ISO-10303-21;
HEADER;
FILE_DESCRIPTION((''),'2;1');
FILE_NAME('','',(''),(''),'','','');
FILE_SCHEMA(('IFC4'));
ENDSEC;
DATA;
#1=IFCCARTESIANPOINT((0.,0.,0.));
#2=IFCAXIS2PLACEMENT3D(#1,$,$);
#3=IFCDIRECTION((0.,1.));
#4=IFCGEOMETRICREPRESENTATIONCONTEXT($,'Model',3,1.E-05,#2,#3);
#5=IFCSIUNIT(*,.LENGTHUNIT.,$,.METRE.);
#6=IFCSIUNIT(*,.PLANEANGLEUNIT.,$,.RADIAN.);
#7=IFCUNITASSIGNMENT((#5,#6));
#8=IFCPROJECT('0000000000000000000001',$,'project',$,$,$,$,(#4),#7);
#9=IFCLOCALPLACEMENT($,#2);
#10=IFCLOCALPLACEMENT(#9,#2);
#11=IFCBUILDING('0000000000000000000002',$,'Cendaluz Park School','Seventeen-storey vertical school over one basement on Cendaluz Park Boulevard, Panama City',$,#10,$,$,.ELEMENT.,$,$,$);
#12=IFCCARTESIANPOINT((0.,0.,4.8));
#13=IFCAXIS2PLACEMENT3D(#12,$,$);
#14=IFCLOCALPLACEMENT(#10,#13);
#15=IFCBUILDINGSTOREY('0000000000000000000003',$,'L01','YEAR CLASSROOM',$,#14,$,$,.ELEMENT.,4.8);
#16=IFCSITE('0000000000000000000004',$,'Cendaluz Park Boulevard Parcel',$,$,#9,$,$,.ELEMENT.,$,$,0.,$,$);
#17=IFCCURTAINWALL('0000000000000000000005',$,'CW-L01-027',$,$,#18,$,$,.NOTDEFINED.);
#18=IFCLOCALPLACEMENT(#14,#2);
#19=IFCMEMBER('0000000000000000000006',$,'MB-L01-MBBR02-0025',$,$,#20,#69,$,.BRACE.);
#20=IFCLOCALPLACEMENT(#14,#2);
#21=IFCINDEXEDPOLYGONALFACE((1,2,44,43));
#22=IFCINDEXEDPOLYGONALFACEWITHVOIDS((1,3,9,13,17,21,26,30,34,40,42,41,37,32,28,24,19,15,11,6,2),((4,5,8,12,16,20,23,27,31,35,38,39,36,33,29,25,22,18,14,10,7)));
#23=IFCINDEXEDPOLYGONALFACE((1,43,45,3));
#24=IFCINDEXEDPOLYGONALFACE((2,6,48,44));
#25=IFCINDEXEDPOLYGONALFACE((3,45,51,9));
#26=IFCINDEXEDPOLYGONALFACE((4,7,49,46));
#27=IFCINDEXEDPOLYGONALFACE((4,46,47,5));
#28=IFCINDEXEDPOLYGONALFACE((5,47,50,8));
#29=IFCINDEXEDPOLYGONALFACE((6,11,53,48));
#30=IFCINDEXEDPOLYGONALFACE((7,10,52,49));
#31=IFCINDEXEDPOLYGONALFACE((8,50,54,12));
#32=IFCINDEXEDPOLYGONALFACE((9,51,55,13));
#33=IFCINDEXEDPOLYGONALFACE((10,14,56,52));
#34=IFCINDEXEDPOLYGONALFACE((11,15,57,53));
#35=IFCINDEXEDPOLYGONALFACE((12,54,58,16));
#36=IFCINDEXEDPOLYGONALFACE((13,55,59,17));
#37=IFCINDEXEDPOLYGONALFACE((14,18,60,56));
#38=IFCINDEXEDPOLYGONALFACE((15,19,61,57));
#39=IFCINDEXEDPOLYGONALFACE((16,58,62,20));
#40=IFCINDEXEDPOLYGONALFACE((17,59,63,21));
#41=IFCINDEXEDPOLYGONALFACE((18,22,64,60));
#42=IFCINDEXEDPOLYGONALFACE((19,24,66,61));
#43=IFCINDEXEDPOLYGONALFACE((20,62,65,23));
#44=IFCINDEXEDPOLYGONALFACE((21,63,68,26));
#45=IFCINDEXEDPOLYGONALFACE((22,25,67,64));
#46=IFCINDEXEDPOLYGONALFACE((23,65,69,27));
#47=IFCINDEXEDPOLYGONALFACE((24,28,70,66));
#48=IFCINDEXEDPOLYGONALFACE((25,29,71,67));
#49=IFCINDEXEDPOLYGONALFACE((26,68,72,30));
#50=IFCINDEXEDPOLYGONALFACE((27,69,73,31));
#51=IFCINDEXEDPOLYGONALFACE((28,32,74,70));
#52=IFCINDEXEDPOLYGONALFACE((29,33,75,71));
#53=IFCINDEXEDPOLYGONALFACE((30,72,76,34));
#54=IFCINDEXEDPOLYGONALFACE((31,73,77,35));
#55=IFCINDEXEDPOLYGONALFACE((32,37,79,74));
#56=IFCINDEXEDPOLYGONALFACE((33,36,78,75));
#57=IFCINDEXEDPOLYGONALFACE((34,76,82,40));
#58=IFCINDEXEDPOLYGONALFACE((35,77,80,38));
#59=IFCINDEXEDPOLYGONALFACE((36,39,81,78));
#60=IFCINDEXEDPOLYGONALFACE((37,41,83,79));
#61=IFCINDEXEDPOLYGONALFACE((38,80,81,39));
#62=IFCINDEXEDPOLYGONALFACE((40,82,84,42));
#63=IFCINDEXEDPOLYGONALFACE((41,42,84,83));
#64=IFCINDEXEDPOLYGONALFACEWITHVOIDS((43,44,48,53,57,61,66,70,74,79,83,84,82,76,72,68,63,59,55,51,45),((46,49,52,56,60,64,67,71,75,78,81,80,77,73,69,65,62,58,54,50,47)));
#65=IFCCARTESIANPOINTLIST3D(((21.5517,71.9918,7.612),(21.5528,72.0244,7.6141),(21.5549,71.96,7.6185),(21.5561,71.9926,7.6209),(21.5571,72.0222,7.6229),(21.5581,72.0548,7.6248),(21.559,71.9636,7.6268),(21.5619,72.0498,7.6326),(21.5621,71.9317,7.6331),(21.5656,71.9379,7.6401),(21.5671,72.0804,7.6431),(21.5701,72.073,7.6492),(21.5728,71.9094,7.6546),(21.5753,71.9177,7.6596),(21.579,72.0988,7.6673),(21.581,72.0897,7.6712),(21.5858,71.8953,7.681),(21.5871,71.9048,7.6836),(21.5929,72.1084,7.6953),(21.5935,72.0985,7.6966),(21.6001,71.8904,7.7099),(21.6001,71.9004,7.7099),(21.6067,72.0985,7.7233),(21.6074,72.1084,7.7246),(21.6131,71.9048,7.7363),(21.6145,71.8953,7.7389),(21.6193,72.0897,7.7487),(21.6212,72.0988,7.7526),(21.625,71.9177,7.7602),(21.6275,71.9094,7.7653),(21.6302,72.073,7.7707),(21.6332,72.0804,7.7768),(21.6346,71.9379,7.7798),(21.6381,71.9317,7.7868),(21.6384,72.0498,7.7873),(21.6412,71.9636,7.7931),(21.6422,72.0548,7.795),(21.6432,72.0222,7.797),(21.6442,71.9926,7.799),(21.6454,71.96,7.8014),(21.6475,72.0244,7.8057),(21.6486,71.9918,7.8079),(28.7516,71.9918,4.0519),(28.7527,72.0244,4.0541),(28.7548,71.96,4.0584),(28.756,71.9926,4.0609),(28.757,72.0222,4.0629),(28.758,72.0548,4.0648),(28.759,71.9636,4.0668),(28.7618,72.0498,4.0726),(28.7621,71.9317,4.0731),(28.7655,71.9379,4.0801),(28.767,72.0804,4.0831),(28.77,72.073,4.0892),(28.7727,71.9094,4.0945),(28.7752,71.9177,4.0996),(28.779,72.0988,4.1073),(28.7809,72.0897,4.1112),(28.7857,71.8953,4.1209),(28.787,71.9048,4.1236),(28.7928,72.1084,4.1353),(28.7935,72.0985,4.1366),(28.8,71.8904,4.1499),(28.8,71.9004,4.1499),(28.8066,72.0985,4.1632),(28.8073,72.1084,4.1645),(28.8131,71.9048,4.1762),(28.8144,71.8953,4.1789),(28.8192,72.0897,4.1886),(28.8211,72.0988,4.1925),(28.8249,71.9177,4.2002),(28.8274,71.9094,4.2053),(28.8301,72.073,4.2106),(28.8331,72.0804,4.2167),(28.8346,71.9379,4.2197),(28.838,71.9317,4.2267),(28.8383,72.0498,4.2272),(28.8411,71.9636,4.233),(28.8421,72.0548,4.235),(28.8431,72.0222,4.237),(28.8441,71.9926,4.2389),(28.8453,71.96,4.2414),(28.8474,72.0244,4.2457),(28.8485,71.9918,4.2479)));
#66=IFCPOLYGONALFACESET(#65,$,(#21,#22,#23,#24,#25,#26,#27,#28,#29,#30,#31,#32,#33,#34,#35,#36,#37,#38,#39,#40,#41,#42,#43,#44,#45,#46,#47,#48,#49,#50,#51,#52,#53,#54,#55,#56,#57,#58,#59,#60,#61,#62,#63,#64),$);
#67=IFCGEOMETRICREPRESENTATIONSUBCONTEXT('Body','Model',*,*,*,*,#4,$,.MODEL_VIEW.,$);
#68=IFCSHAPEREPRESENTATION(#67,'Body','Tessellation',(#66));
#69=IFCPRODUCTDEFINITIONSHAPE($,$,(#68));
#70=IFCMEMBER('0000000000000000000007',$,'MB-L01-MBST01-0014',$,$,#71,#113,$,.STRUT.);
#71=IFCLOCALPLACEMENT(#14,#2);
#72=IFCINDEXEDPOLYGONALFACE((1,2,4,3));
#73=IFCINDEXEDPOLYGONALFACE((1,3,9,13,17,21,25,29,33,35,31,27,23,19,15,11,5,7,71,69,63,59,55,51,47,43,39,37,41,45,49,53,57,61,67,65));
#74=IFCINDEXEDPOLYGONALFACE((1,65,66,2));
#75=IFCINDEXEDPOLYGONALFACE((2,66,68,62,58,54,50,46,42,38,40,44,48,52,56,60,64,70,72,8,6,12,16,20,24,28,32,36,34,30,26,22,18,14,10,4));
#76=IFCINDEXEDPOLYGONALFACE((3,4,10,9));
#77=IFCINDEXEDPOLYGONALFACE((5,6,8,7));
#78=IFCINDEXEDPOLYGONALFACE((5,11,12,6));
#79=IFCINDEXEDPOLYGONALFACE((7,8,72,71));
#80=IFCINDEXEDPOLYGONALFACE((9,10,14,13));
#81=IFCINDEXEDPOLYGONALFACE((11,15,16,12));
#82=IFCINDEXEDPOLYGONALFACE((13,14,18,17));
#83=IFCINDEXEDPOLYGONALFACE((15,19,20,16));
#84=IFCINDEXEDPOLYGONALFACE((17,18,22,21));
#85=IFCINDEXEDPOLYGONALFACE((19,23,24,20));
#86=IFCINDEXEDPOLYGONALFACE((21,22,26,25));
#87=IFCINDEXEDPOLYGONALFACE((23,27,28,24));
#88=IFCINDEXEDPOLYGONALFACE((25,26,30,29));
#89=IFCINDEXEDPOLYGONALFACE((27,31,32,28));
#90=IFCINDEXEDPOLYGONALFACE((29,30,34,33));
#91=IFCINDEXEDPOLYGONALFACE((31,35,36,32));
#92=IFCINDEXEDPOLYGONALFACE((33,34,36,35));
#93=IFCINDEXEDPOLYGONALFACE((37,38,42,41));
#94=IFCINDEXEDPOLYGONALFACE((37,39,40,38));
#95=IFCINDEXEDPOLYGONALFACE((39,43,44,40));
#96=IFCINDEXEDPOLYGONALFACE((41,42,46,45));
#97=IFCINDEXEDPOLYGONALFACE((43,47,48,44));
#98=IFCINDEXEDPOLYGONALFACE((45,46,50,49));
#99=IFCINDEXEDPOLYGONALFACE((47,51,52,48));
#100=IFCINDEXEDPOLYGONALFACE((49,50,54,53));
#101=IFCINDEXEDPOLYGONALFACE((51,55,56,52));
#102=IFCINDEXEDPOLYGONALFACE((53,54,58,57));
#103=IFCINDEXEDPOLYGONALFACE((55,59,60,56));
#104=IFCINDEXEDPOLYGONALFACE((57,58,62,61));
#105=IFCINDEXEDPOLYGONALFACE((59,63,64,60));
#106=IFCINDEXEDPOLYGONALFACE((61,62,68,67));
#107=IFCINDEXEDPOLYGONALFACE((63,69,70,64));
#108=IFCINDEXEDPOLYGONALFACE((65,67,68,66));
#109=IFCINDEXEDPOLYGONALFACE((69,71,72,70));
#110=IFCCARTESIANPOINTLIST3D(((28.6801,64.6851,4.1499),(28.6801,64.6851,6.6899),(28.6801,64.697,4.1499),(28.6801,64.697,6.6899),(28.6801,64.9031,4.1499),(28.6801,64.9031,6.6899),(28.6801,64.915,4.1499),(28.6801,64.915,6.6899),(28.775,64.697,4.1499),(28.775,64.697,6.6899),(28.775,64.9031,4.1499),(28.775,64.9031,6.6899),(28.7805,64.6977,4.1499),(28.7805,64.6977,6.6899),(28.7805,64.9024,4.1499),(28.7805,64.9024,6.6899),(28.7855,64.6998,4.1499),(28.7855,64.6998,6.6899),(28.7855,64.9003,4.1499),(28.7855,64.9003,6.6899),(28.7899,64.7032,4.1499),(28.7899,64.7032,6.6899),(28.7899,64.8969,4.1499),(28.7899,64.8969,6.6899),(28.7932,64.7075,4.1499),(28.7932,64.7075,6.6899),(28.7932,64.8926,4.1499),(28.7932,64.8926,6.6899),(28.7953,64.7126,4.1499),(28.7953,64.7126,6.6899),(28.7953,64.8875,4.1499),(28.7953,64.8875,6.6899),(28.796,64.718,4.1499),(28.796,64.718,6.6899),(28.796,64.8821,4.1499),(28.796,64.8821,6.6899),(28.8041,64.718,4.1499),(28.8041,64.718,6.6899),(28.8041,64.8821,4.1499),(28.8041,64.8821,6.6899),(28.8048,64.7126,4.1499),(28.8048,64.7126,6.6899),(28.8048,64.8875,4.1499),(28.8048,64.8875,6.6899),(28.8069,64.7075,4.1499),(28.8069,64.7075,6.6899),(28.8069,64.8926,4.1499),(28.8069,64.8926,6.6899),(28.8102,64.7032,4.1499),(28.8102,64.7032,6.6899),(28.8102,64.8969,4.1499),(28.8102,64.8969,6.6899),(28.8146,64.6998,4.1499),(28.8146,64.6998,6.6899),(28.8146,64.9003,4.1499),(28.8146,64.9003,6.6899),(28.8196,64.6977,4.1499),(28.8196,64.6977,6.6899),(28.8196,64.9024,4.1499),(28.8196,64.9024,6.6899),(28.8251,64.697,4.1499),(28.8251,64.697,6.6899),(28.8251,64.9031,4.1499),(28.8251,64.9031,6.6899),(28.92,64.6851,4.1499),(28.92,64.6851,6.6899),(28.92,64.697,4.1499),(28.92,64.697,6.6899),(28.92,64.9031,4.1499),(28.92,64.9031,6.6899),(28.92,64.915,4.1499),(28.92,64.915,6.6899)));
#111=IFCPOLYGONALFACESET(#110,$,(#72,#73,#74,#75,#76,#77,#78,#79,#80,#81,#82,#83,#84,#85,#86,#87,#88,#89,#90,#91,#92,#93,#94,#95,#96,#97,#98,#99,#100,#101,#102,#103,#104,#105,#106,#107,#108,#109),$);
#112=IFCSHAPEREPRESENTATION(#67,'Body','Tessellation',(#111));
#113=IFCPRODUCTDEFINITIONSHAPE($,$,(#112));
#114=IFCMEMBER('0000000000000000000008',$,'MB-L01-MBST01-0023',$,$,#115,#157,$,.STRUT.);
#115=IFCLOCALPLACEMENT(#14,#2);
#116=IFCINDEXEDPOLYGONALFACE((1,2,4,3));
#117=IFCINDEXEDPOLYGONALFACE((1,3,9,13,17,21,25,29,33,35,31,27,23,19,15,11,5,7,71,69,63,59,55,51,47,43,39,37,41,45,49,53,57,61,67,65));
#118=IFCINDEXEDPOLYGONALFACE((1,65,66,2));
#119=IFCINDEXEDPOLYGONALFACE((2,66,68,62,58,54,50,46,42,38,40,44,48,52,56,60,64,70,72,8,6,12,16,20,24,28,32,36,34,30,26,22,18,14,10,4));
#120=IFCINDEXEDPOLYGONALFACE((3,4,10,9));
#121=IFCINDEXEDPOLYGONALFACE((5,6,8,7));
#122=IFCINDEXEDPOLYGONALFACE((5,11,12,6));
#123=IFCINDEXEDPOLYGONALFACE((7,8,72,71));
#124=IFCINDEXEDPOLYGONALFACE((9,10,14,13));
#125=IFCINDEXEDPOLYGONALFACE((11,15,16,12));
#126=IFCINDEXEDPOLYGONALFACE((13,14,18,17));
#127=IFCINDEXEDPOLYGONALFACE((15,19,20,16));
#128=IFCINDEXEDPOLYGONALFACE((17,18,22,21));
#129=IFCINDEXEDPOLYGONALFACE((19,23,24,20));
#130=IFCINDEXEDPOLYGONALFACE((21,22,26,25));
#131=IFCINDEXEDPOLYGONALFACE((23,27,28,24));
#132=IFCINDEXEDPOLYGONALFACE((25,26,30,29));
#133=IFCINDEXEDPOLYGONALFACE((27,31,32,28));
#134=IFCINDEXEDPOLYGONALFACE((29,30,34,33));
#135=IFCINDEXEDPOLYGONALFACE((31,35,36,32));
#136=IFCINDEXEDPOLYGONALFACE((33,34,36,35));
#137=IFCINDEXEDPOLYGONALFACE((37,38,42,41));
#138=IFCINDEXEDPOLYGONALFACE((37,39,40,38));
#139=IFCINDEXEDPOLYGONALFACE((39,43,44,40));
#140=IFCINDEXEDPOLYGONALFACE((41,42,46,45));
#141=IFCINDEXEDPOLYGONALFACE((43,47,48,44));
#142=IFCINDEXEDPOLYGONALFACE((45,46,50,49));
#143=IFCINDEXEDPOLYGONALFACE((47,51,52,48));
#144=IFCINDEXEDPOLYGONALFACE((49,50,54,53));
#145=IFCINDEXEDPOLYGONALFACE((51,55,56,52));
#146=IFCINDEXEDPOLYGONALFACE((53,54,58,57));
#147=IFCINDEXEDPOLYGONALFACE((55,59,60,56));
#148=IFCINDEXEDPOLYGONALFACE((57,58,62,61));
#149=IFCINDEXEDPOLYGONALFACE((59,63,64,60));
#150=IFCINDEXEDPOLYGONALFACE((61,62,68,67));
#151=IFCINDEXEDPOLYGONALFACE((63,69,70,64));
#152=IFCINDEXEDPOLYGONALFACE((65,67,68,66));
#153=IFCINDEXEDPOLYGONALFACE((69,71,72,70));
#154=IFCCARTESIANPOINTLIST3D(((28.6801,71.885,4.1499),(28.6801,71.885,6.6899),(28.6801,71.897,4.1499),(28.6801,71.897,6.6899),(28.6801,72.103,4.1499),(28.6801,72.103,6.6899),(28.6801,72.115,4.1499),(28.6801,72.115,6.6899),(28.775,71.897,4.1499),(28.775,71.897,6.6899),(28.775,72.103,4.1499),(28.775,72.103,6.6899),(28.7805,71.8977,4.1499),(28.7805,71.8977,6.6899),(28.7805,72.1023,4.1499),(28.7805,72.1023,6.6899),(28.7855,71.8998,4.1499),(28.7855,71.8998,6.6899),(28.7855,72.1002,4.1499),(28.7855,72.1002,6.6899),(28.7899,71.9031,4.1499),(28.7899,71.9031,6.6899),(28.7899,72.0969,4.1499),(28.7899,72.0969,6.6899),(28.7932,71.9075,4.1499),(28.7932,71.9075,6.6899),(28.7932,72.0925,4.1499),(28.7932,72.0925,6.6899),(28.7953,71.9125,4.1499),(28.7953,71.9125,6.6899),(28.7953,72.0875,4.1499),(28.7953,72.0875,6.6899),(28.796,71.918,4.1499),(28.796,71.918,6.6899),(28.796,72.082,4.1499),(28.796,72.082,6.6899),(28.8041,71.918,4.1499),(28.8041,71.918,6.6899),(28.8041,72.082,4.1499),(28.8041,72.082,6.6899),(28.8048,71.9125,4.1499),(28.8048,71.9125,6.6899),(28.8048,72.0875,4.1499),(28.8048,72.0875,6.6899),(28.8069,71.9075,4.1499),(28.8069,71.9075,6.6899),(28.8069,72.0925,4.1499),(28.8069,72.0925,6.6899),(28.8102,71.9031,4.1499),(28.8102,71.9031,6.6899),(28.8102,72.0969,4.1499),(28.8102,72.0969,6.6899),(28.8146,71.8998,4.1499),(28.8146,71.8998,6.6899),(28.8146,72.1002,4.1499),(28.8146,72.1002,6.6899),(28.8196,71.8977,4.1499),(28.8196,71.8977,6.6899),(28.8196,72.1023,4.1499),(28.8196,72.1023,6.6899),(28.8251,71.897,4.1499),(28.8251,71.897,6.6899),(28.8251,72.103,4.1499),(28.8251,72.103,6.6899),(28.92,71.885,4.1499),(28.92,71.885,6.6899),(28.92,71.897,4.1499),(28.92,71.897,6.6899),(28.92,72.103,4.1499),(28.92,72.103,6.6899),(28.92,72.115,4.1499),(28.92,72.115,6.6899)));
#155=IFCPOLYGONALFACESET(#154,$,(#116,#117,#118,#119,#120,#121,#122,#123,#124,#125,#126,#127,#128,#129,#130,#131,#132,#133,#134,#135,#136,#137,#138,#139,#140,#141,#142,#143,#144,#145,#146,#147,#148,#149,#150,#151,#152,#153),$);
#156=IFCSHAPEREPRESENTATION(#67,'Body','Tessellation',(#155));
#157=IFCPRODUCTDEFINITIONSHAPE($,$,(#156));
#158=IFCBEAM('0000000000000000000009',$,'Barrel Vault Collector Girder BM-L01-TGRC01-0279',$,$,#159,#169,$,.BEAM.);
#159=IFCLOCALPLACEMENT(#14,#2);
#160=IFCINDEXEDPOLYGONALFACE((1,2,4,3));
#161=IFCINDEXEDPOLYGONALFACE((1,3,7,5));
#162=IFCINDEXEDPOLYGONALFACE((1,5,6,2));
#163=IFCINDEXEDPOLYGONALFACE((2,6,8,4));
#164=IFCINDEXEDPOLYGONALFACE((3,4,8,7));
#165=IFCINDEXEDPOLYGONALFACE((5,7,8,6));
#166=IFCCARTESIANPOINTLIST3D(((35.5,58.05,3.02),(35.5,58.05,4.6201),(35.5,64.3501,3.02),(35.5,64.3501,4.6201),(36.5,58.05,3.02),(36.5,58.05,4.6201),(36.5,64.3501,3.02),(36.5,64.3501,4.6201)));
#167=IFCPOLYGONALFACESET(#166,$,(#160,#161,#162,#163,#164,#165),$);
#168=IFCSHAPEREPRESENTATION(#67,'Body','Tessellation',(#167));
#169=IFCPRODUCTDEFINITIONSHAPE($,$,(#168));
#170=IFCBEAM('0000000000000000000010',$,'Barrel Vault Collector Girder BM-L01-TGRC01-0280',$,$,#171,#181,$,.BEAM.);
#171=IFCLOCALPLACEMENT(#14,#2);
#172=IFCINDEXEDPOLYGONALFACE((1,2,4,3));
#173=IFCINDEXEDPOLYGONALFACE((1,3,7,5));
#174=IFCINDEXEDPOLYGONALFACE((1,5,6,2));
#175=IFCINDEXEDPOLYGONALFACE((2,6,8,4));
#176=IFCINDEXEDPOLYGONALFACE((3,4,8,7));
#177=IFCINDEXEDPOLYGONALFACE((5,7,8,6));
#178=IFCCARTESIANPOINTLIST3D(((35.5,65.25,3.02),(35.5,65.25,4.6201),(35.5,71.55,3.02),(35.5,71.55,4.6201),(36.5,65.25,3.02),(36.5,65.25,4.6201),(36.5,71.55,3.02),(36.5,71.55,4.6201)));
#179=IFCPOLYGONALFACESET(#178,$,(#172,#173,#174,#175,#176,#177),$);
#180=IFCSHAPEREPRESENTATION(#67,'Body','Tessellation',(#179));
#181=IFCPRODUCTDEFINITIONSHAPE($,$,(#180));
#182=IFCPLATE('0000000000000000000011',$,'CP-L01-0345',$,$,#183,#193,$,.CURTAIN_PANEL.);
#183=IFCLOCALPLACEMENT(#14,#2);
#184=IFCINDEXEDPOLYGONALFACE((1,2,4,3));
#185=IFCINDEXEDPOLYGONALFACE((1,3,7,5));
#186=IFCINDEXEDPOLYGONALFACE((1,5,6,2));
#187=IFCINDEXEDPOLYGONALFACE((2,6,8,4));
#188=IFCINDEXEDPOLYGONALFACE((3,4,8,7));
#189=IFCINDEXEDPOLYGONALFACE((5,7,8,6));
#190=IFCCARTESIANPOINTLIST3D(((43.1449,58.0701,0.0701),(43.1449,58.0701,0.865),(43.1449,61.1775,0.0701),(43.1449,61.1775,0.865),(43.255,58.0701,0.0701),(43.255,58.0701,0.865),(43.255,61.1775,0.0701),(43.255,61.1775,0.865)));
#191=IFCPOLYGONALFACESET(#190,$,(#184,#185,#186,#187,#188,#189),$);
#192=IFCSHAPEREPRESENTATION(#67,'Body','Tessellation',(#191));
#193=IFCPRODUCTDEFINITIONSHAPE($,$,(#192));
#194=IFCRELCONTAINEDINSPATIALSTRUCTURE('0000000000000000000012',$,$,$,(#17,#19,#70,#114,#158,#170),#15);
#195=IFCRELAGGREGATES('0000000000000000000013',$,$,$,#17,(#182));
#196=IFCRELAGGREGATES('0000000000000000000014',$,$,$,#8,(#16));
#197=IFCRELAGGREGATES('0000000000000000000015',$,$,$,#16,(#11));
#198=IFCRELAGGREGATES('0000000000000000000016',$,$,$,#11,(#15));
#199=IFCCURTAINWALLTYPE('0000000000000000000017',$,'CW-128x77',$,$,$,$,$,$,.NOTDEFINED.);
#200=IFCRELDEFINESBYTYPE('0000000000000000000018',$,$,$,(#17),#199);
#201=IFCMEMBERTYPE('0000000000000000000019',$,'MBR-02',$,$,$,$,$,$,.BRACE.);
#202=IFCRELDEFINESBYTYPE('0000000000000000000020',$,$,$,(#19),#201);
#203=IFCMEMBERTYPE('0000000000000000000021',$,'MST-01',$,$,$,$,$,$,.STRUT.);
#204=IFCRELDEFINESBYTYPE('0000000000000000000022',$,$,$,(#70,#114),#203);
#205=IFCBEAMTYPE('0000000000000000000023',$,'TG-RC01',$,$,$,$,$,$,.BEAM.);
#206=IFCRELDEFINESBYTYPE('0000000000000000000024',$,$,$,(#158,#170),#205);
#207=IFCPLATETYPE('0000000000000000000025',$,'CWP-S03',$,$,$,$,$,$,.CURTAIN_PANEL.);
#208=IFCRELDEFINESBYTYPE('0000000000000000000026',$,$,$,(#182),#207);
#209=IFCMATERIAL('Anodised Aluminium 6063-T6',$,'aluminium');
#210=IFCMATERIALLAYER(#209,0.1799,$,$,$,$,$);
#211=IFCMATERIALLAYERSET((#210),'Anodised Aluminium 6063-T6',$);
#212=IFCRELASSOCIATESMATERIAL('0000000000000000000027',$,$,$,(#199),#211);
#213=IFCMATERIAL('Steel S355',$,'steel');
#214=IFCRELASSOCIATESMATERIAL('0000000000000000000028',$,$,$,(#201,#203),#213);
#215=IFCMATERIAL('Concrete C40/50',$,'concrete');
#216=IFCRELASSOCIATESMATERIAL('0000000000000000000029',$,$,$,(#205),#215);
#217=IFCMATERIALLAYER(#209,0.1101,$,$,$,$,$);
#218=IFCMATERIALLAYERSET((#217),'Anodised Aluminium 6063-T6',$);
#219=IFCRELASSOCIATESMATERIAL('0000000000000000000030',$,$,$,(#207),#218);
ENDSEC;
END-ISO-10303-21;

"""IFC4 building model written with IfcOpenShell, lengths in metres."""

from ifc_helpers import new_model, si_unit, direction, frame, origin, origin_2d, place, context, subcontext, project, spatial, rectangle, hollow_circle, i_section, extrude, material, layer, layer_set, material_profile, profile_set, type_object, element, aggregate, save


model = new_model("IFC4")

# Units and contexts
model_context = context("Model", 3, precision=1e-05, world=origin(), true_north=direction((0.0, 1.0)))
body_context = subcontext(model_context, "Body", "Model", "MODEL_VIEW")
ifc_project = project(units=[si_unit("LENGTHUNIT", "METRE"), si_unit("PLANEANGLEUNIT", "RADIAN")], contexts=[model_context])

# Site, building, storey
site_placement = place(None, origin())
site = spatial("IfcSite", under=ifc_project, at=site_placement, Name="Cendaluz Park Boulevard Parcel", CompositionType="ELEMENT", RefElevation=0.0)
building_placement = place(site_placement, origin())
building = spatial("IfcBuilding", under=site, at=building_placement, Name="Cendaluz Park School", Description="Seventeen-storey vertical school over one basement on Cendaluz Park Boulevard, Panama City", CompositionType="ELEMENT")
storey_placement = place(building_placement, frame((0.0, 0.0, 4.8)))
storey = spatial("IfcBuildingStorey", under=building, at=storey_placement, Name="L01", Description="YEAR CLASSROOM", CompositionType="ELEMENT", Elevation=4.8)

# Shared definitions
ifc_material_1 = material(Name="Concrete C40/50", Category="concrete")

# Curtain wall
ifc_material_2 = material(Name="Anodised Aluminium 6063-T6", Category="aluminium")
ifc_layer_1 = layer(ifc_material_2, 0.1799)
ifc_layer_set_1 = layer_set([ifc_layer_1], Name="Anodised Aluminium 6063-T6")
curtain_wall_type = type_object("IfcCurtainWallType", Name="CW-128x77", PredefinedType="NOTDEFINED", material=ifc_layer_set_1)
curtain_wall_placement = place(storey_placement, origin())
curtain_wall = element("IfcCurtainWall", 1, at=curtain_wall_placement, inside=storey, type_object=curtain_wall_type, Name="CW-L01-027", PredefinedType="NOTDEFINED")

# Members
ifc_material_3 = material(Name="Steel S355", Category="steel")
ifc_material_profile_1 = material_profile(ifc_material_3, hollow_circle(Radius=0.1096, WallThickness=0.01, at=origin_2d()), Name="CHS 219x10", Category="steel")
ifc_profile_set_1 = profile_set([ifc_material_profile_1], Name="Steel S355")
member_type_1 = type_object("IfcMemberType", Name="MBR-02", PredefinedType="BRACE", material=ifc_profile_set_1)
for number, where, z_axis, x_axis, name in (
    (2, (28.8, 72.0, 4.1499), (-0.896406, 0.0, 0.443233), (0.0, -1.0, 0.0), "MB-L01-MBBR02-0025"),
):
    element("IfcMember", number, at=place(storey_placement, frame(where, z_axis=z_axis, x_axis=x_axis)), inside=storey, type_object=member_type_1, Name=name, PredefinedType="BRACE", context=body_context, shape_type="SweptSolid", body=[
        extrude(hollow_circle(Radius=0.1096, WallThickness=0.01, at=origin_2d()), origin(), (0.0, 0.0, 1.0), 8.032),
    ])
ifc_material_profile_2 = material_profile(ifc_material_3, i_section(OverallWidth=0.24, OverallDepth=0.23, WebThickness=0.0081, FlangeThickness=0.012, FilletRadius=0.021, at=origin_2d()), Name="HEA 240", Category="steel")
ifc_profile_set_2 = profile_set([ifc_material_profile_2], Name="Steel S355")
member_type_2 = type_object("IfcMemberType", Name="MST-01", PredefinedType="STRUT", material=ifc_profile_set_2)
for number, where, z_axis, x_axis, name in (
    (3, (28.8, 64.8, 4.1499), (0.0, 0.0, 1.0), (1.0, 0.0, 0.0), "MB-L01-MBST01-0014"),
    (4, (28.8, 72.0, 4.1499), (0.0, 0.0, 1.0), (1.0, 0.0, 0.0), "MB-L01-MBST01-0023"),
):
    element("IfcMember", number, at=place(storey_placement, frame(where, z_axis=z_axis, x_axis=x_axis)), inside=storey, type_object=member_type_2, Name=name, PredefinedType="STRUT", context=body_context, shape_type="SweptSolid", body=[
        extrude(i_section(OverallWidth=0.24, OverallDepth=0.23, WebThickness=0.0081, FlangeThickness=0.012, FilletRadius=0.021, at=origin_2d()), origin(), (0.0, 0.0, 1.0), 2.54),
    ])

# Beams
ifc_material_profile_3 = material_profile(ifc_material_1, rectangle(XDim=1.0, YDim=1.6001, at=origin_2d()), Name="RC 1000x1600", Category="concrete")
ifc_profile_set_3 = profile_set([ifc_material_profile_3], Name="Concrete C40/50")
beam_type_1 = type_object("IfcBeamType", Name="TG-RC01", PredefinedType="BEAM", material=ifc_profile_set_3)
for number, where, z_axis, x_axis, name in (
    (5, (36.0, 58.05, 3.8201), (0.0, 1.0, 0.0), (-1.0, 0.0, 0.0), "Barrel Vault Collector Girder BM-L01-TGRC01-0279"),
    (6, (36.0, 65.25, 3.8201), (0.0, 1.0, 0.0), (-1.0, 0.0, 0.0), "Barrel Vault Collector Girder BM-L01-TGRC01-0280"),
):
    element("IfcBeam", number, at=place(storey_placement, frame(where, z_axis=z_axis, x_axis=x_axis)), inside=storey, type_object=beam_type_1, Name=name, PredefinedType="BEAM", context=body_context, shape_type="SweptSolid", body=[
        extrude(rectangle(XDim=1.0, YDim=1.6001, at=origin_2d()), origin(), (0.0, 0.0, 1.0), 6.3),
    ])

# Plate
ifc_layer_2 = layer(ifc_material_2, 0.1101)
ifc_layer_set_2 = layer_set([ifc_layer_2], Name="Anodised Aluminium 6063-T6")
plate_type_1 = type_object("IfcPlateType", Name="CWP-S03", PredefinedType="CURTAIN_PANEL", material=ifc_layer_set_2)
plate_1_placement = place(storey_placement, frame((43.2, 59.6238, 0.0701), z_axis=(0.0, 0.0, 1.0), x_axis=(0.0, 1.0, 0.0)))
plate_1 = element("IfcPlate", 7, at=plate_1_placement, type_object=plate_type_1, Name="CP-L01-0345", PredefinedType="CURTAIN_PANEL", context=body_context, shape_type="SweptSolid", body=[
    extrude(rectangle(XDim=3.1074, YDim=0.1101, at=origin_2d()), origin(), (0.0, 0.0, 1.0), 0.7949),
])
aggregate(curtain_wall, [plate_1])

save(model, "model.ifc")
